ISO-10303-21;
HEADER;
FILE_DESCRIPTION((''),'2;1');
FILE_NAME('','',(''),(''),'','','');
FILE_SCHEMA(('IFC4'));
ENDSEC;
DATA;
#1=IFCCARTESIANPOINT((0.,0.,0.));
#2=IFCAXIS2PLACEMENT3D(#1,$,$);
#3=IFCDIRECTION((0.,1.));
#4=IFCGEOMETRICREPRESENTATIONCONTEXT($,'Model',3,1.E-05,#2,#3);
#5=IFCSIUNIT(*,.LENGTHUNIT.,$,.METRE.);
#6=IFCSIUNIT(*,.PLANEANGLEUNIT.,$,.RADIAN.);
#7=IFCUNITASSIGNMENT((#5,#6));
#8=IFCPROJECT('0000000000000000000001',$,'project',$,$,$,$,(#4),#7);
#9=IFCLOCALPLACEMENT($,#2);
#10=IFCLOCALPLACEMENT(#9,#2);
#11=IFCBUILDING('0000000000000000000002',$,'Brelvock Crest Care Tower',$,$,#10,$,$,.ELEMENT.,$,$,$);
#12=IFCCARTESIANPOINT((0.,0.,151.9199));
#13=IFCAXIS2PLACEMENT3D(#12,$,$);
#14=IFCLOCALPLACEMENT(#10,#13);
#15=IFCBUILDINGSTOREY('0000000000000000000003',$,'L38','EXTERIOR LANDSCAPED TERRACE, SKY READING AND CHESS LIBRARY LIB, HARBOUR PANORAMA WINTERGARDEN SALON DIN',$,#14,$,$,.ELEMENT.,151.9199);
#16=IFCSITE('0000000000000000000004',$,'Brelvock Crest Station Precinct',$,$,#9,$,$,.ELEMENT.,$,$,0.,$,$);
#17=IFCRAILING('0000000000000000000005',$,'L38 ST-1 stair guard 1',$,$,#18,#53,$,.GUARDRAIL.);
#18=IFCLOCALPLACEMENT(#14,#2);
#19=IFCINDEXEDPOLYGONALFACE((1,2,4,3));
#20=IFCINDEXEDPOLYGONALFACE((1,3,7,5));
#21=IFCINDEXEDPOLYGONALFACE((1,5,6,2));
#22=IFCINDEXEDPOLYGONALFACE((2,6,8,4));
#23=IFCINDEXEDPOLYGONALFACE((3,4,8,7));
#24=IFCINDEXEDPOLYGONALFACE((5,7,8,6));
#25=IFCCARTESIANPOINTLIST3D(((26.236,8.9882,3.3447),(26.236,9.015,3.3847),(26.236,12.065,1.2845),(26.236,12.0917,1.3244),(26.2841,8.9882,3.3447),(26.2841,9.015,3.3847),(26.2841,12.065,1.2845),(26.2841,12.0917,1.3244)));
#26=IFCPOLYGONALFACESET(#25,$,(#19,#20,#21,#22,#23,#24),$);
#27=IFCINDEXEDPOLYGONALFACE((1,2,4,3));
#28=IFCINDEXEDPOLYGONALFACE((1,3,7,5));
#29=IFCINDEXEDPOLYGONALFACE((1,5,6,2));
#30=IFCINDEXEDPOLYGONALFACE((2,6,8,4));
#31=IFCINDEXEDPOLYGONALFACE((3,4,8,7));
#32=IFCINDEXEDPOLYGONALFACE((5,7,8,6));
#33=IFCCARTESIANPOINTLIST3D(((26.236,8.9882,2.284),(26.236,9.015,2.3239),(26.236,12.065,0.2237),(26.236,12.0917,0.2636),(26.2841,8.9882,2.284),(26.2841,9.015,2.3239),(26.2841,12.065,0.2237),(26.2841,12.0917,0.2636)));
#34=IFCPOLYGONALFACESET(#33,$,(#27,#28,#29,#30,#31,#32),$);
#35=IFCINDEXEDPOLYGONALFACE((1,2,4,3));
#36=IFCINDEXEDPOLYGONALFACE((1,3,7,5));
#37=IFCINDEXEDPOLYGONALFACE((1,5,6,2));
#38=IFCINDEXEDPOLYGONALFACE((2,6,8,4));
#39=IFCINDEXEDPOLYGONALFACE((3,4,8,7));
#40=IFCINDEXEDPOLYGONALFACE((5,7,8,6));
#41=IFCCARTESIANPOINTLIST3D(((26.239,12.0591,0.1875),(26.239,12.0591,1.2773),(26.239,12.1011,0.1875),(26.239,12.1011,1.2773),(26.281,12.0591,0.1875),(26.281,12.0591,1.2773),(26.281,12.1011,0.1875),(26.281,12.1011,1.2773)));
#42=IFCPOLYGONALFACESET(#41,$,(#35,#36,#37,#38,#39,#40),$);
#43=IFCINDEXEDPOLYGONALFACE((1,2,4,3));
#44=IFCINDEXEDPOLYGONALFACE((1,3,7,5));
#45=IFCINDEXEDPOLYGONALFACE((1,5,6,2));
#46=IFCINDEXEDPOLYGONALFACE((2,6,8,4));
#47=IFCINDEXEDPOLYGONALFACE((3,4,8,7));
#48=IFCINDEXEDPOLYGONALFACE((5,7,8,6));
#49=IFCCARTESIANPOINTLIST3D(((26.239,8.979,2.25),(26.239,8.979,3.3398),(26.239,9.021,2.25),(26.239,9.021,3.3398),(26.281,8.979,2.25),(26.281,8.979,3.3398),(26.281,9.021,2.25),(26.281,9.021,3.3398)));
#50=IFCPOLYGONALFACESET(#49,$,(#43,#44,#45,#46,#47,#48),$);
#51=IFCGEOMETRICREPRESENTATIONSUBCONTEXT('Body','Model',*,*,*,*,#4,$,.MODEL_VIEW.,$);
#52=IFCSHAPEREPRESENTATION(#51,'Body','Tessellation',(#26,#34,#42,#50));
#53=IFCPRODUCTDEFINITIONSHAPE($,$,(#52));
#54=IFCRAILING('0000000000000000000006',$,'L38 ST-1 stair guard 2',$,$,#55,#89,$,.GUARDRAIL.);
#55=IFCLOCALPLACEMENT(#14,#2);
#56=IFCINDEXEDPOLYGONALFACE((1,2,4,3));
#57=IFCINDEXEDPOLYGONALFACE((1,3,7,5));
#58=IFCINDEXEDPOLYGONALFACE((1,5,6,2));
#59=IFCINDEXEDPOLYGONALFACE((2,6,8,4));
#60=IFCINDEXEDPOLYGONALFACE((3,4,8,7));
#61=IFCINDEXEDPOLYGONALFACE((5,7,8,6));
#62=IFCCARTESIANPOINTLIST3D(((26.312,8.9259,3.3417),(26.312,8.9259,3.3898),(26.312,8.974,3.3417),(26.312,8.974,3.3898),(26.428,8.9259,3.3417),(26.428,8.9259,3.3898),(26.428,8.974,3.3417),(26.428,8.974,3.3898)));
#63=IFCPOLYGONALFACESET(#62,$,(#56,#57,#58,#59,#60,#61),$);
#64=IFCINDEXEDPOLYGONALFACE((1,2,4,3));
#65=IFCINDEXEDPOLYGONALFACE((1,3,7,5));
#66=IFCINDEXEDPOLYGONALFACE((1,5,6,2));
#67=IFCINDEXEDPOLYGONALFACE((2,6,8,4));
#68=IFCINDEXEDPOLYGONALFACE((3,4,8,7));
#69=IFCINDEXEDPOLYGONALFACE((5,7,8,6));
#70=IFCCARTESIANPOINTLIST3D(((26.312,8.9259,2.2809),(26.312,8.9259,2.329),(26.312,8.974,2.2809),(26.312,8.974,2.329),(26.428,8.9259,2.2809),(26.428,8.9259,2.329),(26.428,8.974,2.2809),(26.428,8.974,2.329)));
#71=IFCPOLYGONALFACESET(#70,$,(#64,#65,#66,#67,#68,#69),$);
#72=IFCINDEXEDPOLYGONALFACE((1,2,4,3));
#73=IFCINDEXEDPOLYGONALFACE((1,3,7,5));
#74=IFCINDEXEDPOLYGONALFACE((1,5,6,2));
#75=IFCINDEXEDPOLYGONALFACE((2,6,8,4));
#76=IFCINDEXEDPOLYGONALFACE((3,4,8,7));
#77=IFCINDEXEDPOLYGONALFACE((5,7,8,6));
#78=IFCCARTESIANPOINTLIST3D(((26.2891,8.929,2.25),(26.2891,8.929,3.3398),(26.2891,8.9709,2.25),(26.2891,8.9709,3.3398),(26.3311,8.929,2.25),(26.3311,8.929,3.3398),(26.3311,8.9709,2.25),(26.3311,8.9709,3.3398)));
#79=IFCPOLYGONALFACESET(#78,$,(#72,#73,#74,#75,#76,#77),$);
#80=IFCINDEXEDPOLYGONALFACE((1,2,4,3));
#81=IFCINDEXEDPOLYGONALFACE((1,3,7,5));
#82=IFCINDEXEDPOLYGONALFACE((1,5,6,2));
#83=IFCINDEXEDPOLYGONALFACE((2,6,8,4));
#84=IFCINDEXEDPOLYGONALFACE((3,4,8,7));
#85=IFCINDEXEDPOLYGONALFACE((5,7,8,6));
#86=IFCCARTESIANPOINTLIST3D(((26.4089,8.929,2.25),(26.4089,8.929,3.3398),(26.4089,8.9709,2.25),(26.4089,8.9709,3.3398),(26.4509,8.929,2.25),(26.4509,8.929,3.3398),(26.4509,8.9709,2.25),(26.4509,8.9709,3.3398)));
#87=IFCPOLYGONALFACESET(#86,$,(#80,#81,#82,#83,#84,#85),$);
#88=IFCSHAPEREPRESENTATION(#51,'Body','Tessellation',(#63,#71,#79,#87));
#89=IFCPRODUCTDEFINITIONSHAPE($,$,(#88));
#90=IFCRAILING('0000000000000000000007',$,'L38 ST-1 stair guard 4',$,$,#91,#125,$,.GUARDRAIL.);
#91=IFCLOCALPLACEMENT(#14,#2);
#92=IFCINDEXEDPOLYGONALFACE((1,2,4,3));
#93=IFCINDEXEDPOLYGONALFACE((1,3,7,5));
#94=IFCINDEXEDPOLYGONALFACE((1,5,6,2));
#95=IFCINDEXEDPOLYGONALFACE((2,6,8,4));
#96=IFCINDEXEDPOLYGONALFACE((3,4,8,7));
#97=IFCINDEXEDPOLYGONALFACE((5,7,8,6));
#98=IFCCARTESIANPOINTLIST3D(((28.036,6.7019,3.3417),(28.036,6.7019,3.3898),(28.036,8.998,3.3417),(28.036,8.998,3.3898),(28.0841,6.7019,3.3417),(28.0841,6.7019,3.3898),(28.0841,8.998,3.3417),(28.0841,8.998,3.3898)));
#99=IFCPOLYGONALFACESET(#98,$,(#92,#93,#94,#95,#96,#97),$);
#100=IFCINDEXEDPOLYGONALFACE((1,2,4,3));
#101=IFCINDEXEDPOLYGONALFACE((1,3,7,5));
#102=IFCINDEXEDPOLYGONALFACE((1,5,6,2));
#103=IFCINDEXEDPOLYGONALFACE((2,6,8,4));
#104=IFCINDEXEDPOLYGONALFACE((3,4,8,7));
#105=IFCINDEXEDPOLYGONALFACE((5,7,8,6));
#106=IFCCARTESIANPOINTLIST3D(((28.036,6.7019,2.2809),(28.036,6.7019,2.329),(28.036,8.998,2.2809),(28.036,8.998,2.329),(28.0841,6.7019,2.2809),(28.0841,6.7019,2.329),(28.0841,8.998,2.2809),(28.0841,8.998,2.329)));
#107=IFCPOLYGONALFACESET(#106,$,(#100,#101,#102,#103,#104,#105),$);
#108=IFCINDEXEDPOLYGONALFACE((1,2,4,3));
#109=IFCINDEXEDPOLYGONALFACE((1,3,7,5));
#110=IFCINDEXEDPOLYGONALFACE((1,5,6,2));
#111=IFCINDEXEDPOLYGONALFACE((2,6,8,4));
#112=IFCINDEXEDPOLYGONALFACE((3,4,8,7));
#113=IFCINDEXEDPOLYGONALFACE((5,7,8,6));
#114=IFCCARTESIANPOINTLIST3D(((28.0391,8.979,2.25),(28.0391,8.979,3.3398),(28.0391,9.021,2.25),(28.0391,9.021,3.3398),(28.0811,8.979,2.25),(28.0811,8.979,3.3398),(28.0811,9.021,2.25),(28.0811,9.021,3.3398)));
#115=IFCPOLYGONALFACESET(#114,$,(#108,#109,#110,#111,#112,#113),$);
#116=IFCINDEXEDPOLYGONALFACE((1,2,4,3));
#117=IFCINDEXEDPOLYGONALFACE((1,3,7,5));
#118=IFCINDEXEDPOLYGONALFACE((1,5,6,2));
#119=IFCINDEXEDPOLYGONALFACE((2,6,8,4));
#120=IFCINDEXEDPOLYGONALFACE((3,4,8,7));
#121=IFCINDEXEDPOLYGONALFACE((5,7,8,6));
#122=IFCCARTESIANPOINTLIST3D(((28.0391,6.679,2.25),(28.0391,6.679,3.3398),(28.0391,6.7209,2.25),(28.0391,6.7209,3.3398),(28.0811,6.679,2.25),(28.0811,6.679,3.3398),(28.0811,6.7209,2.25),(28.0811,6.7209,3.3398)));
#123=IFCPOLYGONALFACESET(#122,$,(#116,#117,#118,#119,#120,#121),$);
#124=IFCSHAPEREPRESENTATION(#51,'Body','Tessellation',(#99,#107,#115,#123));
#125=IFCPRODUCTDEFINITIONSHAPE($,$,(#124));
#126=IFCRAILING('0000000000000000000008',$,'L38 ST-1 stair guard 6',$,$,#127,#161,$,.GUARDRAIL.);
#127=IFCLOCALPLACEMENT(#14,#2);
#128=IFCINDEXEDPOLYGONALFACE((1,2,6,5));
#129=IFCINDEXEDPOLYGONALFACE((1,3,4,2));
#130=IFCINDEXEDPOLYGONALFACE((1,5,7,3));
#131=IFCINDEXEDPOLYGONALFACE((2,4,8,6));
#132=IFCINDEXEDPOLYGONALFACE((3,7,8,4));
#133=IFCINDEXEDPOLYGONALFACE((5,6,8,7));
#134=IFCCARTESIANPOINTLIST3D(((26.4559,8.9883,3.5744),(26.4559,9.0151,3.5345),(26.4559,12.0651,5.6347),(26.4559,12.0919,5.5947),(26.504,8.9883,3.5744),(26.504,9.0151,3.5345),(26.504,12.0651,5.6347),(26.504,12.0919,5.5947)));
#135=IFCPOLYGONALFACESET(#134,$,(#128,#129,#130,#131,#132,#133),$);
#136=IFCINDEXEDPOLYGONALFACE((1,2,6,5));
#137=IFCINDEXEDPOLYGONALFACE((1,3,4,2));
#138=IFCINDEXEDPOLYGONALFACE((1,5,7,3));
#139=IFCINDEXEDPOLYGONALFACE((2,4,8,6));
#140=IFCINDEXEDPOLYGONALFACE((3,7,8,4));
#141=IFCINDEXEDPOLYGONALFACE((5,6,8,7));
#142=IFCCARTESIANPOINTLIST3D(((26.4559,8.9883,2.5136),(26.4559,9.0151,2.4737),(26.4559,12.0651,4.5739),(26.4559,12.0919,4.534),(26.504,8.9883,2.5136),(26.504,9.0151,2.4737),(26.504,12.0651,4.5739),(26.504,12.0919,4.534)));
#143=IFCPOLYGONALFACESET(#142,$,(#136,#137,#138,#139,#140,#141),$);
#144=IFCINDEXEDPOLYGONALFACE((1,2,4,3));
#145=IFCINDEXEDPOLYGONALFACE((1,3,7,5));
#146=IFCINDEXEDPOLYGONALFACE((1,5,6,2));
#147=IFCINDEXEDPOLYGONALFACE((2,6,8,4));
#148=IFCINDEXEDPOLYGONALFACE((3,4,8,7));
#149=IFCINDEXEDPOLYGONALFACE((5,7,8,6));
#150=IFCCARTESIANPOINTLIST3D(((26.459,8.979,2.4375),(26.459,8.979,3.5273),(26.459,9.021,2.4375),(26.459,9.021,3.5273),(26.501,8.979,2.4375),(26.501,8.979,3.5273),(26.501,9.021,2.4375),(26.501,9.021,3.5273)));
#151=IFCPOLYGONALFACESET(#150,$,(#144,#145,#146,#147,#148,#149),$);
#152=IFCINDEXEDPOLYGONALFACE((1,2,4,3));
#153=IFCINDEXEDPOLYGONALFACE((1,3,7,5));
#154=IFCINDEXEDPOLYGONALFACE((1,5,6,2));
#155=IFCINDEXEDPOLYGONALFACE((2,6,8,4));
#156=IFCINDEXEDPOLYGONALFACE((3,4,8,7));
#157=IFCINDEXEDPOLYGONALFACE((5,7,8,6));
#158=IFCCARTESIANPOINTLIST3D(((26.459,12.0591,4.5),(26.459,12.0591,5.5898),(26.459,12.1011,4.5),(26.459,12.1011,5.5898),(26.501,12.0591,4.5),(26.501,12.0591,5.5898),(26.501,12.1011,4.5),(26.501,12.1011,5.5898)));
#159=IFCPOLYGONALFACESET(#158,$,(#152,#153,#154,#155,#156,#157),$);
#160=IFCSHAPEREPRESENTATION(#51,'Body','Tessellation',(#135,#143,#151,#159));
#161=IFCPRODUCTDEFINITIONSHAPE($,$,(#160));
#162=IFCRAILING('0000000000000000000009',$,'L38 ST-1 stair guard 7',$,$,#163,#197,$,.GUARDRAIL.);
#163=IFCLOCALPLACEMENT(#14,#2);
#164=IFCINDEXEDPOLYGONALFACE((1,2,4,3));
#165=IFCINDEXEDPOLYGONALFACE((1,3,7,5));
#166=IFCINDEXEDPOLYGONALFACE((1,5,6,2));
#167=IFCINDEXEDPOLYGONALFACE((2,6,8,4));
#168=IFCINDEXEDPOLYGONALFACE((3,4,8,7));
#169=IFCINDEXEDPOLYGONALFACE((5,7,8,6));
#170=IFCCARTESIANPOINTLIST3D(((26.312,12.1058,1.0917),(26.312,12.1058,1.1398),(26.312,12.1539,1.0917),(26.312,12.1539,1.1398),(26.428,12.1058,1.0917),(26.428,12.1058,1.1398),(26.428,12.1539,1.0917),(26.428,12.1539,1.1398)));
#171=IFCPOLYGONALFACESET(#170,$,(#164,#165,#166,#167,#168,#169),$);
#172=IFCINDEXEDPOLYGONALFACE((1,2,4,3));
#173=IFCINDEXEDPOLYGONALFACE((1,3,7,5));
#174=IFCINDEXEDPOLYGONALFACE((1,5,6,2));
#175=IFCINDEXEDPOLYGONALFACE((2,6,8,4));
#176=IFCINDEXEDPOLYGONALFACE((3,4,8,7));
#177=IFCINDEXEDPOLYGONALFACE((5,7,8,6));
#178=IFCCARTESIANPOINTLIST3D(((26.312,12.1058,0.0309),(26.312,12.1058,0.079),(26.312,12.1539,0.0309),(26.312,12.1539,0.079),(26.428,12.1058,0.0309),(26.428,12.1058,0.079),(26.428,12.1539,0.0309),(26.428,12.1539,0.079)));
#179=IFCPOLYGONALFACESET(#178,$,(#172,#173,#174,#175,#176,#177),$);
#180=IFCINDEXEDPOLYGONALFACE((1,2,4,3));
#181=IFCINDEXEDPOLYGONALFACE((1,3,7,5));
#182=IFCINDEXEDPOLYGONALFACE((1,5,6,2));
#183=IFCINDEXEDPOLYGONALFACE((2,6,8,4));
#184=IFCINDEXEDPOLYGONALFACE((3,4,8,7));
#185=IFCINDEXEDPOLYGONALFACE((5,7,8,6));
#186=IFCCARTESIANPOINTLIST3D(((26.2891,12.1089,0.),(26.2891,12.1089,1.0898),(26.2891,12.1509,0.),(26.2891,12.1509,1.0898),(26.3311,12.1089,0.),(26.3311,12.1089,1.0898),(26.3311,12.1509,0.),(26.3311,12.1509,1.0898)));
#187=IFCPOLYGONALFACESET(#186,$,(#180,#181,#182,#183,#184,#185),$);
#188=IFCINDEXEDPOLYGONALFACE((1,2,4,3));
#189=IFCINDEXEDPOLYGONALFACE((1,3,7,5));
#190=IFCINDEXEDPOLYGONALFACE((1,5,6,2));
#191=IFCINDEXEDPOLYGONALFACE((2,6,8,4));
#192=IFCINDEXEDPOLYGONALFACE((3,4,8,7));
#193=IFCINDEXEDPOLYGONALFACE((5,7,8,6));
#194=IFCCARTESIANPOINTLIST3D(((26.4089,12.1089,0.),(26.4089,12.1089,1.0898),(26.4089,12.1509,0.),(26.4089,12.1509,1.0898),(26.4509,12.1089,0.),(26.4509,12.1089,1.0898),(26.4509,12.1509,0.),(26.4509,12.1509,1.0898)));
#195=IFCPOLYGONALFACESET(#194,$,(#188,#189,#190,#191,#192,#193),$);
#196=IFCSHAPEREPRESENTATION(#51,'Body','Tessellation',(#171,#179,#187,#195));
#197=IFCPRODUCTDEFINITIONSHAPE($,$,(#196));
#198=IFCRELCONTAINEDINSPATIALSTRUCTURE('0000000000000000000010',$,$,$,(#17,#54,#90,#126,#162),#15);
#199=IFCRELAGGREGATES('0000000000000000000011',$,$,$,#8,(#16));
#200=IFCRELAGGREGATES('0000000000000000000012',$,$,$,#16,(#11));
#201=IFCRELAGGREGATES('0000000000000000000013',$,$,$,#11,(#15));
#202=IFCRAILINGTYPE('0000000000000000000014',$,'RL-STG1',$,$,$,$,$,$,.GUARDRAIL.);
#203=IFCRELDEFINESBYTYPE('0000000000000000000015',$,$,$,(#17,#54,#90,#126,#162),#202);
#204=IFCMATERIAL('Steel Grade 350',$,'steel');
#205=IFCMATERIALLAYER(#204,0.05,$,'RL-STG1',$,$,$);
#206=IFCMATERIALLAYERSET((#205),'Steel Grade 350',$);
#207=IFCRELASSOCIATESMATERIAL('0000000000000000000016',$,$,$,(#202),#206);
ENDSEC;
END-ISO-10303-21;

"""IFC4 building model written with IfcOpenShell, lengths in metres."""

from ifc_helpers import new_model, si_unit, direction, frame, origin, origin_2d, place, context, subcontext, project, spatial, rectangle, extrude, material, layer, layer_set, type_object, element, save


model = new_model("IFC4")

# Units and contexts
model_context = context("Model", 3, precision=1e-05, world=origin(), true_north=direction((0.0, 1.0)))
body_context = subcontext(model_context, "Body", "Model", "MODEL_VIEW")
ifc_project = project(units=[si_unit("LENGTHUNIT", "METRE"), si_unit("PLANEANGLEUNIT", "RADIAN")], contexts=[model_context])

# Site, building, storey
site_placement = place(None, origin())
site = spatial("IfcSite", under=ifc_project, at=site_placement, Name="Brelvock Crest Station Precinct", CompositionType="ELEMENT", RefElevation=0.0)
building_placement = place(site_placement, origin())
building = spatial("IfcBuilding", under=site, at=building_placement, Name="Brelvock Crest Care Tower", CompositionType="ELEMENT")
storey_placement = place(building_placement, frame((0.0, 0.0, 151.9199)))
storey = spatial("IfcBuildingStorey", under=building, at=storey_placement, Name="L38", Description="EXTERIOR LANDSCAPED TERRACE, SKY READING AND CHESS LIBRARY LIB, HARBOUR PANORAMA WINTERGARDEN SALON DIN", CompositionType="ELEMENT", Elevation=151.9199)

# Shared definitions
ifc_material_1 = material(Name="Steel Grade 350", Category="steel")

# Railings
ifc_layer_1 = layer(ifc_material_1, 0.05, Name="RL-STG1")
ifc_layer_set_1 = layer_set([ifc_layer_1], Name="Steel Grade 350")
railing_type_1 = type_object("IfcRailingType", Name="RL-STG1", PredefinedType="GUARDRAIL", material=ifc_layer_set_1)
railing_1_placement = place(storey_placement, frame((26.26, 12.0801, 0.1875)))
element("IfcRailing", 1, at=railing_1_placement, inside=storey, type_object=railing_type_1, Name="L38 ST-1 stair guard 1", PredefinedType="GUARDRAIL", context=body_context, shape_type="SweptSolid", body=[
    extrude(rectangle(XDim=0.0481, YDim=0.0481, at=origin_2d()), frame((0.0, -0.0017, 1.1169), z_axis=(0.0, -0.830914, 0.556401), x_axis=(1.0, 0.0, 0.0)), (0.0, 0.0, 1.0), 3.7029),
    extrude(rectangle(XDim=0.0481, YDim=0.0481, at=origin_2d()), frame((0.0, -0.0017, 0.0562), z_axis=(0.0, -0.830914, 0.556401), x_axis=(1.0, 0.0, 0.0)), (0.0, 0.0, 1.0), 3.7029),
    extrude(rectangle(XDim=0.042, YDim=0.042, at=origin_2d()), origin(), (0.0, 0.0, 1.0), 1.0898),
    extrude(rectangle(XDim=0.042, YDim=0.042, at=origin_2d()), frame((0.0, -3.0801, 2.0625)), (0.0, 0.0, 1.0), 1.0898),
])
railing_2_placement = place(storey_placement, frame((26.3101, 8.95, 2.25)))
element("IfcRailing", 2, at=railing_2_placement, inside=storey, type_object=railing_type_1, Name="L38 ST-1 stair guard 2", PredefinedType="GUARDRAIL", context=body_context, shape_type="SweptSolid", body=[
    extrude(rectangle(XDim=0.0481, YDim=0.0481, at=origin_2d()), frame((0.002, 0.0, 1.1157), z_axis=(1.0, 0.0, 0.0), x_axis=(0.0, 1.0, 0.0)), (0.0, 0.0, 1.0), 0.116),
    extrude(rectangle(XDim=0.0481, YDim=0.0481, at=origin_2d()), frame((0.002, 0.0, 0.0549), z_axis=(1.0, 0.0, 0.0), x_axis=(0.0, 1.0, 0.0)), (0.0, 0.0, 1.0), 0.116),
    extrude(rectangle(XDim=0.042, YDim=0.042, at=origin_2d()), origin(), (0.0, 0.0, 1.0), 1.0898),
    extrude(rectangle(XDim=0.042, YDim=0.042, at=origin_2d()), frame((0.1199, 0.0, 0.0)), (0.0, 0.0, 1.0), 1.0898),
])
railing_3_placement = place(storey_placement, frame((28.0601, 9.0, 2.25)))
element("IfcRailing", 3, at=railing_3_placement, inside=storey, type_object=railing_type_1, Name="L38 ST-1 stair guard 4", PredefinedType="GUARDRAIL", context=body_context, shape_type="SweptSolid", body=[
    extrude(rectangle(XDim=0.0481, YDim=0.0481, at=origin_2d()), frame((0.0, -0.002, 1.1157), z_axis=(0.0, -1.0, 0.0), x_axis=(1.0, 0.0, 0.0)), (0.0, 0.0, 1.0), 2.2961),
    extrude(rectangle(XDim=0.0481, YDim=0.0481, at=origin_2d()), frame((0.0, -0.002, 0.0549), z_axis=(0.0, -1.0, 0.0), x_axis=(1.0, 0.0, 0.0)), (0.0, 0.0, 1.0), 2.2961),
    extrude(rectangle(XDim=0.042, YDim=0.042, at=origin_2d()), origin(), (0.0, 0.0, 1.0), 1.0898),
    extrude(rectangle(XDim=0.042, YDim=0.042, at=origin_2d()), frame((0.0, -2.3, 0.0)), (0.0, 0.0, 1.0), 1.0898),
])
railing_4_placement = place(storey_placement, frame((26.48, 9.0, 2.4375)))
element("IfcRailing", 4, at=railing_4_placement, inside=storey, type_object=railing_type_1, Name="L38 ST-1 stair guard 6", PredefinedType="GUARDRAIL", context=body_context, shape_type="SweptSolid", body=[
    extrude(rectangle(XDim=0.0481, YDim=0.0481, at=origin_2d()), frame((0.0, 0.0017, 1.1169), z_axis=(0.0, 0.830914, 0.556401), x_axis=(-1.0, 0.0, 0.0)), (0.0, 0.0, 1.0), 3.7029),
    extrude(rectangle(XDim=0.0481, YDim=0.0481, at=origin_2d()), frame((0.0, 0.0017, 0.0562), z_axis=(0.0, 0.830914, 0.556401), x_axis=(-1.0, 0.0, 0.0)), (0.0, 0.0, 1.0), 3.7029),
    extrude(rectangle(XDim=0.042, YDim=0.042, at=origin_2d()), origin(), (0.0, 0.0, 1.0), 1.0898),
    extrude(rectangle(XDim=0.042, YDim=0.042, at=origin_2d()), frame((0.0, 3.0801, 2.0625)), (0.0, 0.0, 1.0), 1.0898),
])
railing_5_placement = place(storey_placement, frame((26.3101, 12.1299, 0.0)))
element("IfcRailing", 5, at=railing_5_placement, inside=storey, type_object=railing_type_1, Name="L38 ST-1 stair guard 7", PredefinedType="GUARDRAIL", context=body_context, shape_type="SweptSolid", body=[
    extrude(rectangle(XDim=0.0481, YDim=0.0481, at=origin_2d()), frame((0.002, 0.0, 1.1157), z_axis=(1.0, 0.0, 0.0), x_axis=(0.0, 1.0, 0.0)), (0.0, 0.0, 1.0), 0.116),
    extrude(rectangle(XDim=0.0481, YDim=0.0481, at=origin_2d()), frame((0.002, 0.0, 0.0549), z_axis=(1.0, 0.0, 0.0), x_axis=(0.0, 1.0, 0.0)), (0.0, 0.0, 1.0), 0.116),
    extrude(rectangle(XDim=0.042, YDim=0.042, at=origin_2d()), origin(), (0.0, 0.0, 1.0), 1.0898),
    extrude(rectangle(XDim=0.042, YDim=0.042, at=origin_2d()), frame((0.1199, 0.0, 0.0)), (0.0, 0.0, 1.0), 1.0898),
])

save(model, "model.ifc")
